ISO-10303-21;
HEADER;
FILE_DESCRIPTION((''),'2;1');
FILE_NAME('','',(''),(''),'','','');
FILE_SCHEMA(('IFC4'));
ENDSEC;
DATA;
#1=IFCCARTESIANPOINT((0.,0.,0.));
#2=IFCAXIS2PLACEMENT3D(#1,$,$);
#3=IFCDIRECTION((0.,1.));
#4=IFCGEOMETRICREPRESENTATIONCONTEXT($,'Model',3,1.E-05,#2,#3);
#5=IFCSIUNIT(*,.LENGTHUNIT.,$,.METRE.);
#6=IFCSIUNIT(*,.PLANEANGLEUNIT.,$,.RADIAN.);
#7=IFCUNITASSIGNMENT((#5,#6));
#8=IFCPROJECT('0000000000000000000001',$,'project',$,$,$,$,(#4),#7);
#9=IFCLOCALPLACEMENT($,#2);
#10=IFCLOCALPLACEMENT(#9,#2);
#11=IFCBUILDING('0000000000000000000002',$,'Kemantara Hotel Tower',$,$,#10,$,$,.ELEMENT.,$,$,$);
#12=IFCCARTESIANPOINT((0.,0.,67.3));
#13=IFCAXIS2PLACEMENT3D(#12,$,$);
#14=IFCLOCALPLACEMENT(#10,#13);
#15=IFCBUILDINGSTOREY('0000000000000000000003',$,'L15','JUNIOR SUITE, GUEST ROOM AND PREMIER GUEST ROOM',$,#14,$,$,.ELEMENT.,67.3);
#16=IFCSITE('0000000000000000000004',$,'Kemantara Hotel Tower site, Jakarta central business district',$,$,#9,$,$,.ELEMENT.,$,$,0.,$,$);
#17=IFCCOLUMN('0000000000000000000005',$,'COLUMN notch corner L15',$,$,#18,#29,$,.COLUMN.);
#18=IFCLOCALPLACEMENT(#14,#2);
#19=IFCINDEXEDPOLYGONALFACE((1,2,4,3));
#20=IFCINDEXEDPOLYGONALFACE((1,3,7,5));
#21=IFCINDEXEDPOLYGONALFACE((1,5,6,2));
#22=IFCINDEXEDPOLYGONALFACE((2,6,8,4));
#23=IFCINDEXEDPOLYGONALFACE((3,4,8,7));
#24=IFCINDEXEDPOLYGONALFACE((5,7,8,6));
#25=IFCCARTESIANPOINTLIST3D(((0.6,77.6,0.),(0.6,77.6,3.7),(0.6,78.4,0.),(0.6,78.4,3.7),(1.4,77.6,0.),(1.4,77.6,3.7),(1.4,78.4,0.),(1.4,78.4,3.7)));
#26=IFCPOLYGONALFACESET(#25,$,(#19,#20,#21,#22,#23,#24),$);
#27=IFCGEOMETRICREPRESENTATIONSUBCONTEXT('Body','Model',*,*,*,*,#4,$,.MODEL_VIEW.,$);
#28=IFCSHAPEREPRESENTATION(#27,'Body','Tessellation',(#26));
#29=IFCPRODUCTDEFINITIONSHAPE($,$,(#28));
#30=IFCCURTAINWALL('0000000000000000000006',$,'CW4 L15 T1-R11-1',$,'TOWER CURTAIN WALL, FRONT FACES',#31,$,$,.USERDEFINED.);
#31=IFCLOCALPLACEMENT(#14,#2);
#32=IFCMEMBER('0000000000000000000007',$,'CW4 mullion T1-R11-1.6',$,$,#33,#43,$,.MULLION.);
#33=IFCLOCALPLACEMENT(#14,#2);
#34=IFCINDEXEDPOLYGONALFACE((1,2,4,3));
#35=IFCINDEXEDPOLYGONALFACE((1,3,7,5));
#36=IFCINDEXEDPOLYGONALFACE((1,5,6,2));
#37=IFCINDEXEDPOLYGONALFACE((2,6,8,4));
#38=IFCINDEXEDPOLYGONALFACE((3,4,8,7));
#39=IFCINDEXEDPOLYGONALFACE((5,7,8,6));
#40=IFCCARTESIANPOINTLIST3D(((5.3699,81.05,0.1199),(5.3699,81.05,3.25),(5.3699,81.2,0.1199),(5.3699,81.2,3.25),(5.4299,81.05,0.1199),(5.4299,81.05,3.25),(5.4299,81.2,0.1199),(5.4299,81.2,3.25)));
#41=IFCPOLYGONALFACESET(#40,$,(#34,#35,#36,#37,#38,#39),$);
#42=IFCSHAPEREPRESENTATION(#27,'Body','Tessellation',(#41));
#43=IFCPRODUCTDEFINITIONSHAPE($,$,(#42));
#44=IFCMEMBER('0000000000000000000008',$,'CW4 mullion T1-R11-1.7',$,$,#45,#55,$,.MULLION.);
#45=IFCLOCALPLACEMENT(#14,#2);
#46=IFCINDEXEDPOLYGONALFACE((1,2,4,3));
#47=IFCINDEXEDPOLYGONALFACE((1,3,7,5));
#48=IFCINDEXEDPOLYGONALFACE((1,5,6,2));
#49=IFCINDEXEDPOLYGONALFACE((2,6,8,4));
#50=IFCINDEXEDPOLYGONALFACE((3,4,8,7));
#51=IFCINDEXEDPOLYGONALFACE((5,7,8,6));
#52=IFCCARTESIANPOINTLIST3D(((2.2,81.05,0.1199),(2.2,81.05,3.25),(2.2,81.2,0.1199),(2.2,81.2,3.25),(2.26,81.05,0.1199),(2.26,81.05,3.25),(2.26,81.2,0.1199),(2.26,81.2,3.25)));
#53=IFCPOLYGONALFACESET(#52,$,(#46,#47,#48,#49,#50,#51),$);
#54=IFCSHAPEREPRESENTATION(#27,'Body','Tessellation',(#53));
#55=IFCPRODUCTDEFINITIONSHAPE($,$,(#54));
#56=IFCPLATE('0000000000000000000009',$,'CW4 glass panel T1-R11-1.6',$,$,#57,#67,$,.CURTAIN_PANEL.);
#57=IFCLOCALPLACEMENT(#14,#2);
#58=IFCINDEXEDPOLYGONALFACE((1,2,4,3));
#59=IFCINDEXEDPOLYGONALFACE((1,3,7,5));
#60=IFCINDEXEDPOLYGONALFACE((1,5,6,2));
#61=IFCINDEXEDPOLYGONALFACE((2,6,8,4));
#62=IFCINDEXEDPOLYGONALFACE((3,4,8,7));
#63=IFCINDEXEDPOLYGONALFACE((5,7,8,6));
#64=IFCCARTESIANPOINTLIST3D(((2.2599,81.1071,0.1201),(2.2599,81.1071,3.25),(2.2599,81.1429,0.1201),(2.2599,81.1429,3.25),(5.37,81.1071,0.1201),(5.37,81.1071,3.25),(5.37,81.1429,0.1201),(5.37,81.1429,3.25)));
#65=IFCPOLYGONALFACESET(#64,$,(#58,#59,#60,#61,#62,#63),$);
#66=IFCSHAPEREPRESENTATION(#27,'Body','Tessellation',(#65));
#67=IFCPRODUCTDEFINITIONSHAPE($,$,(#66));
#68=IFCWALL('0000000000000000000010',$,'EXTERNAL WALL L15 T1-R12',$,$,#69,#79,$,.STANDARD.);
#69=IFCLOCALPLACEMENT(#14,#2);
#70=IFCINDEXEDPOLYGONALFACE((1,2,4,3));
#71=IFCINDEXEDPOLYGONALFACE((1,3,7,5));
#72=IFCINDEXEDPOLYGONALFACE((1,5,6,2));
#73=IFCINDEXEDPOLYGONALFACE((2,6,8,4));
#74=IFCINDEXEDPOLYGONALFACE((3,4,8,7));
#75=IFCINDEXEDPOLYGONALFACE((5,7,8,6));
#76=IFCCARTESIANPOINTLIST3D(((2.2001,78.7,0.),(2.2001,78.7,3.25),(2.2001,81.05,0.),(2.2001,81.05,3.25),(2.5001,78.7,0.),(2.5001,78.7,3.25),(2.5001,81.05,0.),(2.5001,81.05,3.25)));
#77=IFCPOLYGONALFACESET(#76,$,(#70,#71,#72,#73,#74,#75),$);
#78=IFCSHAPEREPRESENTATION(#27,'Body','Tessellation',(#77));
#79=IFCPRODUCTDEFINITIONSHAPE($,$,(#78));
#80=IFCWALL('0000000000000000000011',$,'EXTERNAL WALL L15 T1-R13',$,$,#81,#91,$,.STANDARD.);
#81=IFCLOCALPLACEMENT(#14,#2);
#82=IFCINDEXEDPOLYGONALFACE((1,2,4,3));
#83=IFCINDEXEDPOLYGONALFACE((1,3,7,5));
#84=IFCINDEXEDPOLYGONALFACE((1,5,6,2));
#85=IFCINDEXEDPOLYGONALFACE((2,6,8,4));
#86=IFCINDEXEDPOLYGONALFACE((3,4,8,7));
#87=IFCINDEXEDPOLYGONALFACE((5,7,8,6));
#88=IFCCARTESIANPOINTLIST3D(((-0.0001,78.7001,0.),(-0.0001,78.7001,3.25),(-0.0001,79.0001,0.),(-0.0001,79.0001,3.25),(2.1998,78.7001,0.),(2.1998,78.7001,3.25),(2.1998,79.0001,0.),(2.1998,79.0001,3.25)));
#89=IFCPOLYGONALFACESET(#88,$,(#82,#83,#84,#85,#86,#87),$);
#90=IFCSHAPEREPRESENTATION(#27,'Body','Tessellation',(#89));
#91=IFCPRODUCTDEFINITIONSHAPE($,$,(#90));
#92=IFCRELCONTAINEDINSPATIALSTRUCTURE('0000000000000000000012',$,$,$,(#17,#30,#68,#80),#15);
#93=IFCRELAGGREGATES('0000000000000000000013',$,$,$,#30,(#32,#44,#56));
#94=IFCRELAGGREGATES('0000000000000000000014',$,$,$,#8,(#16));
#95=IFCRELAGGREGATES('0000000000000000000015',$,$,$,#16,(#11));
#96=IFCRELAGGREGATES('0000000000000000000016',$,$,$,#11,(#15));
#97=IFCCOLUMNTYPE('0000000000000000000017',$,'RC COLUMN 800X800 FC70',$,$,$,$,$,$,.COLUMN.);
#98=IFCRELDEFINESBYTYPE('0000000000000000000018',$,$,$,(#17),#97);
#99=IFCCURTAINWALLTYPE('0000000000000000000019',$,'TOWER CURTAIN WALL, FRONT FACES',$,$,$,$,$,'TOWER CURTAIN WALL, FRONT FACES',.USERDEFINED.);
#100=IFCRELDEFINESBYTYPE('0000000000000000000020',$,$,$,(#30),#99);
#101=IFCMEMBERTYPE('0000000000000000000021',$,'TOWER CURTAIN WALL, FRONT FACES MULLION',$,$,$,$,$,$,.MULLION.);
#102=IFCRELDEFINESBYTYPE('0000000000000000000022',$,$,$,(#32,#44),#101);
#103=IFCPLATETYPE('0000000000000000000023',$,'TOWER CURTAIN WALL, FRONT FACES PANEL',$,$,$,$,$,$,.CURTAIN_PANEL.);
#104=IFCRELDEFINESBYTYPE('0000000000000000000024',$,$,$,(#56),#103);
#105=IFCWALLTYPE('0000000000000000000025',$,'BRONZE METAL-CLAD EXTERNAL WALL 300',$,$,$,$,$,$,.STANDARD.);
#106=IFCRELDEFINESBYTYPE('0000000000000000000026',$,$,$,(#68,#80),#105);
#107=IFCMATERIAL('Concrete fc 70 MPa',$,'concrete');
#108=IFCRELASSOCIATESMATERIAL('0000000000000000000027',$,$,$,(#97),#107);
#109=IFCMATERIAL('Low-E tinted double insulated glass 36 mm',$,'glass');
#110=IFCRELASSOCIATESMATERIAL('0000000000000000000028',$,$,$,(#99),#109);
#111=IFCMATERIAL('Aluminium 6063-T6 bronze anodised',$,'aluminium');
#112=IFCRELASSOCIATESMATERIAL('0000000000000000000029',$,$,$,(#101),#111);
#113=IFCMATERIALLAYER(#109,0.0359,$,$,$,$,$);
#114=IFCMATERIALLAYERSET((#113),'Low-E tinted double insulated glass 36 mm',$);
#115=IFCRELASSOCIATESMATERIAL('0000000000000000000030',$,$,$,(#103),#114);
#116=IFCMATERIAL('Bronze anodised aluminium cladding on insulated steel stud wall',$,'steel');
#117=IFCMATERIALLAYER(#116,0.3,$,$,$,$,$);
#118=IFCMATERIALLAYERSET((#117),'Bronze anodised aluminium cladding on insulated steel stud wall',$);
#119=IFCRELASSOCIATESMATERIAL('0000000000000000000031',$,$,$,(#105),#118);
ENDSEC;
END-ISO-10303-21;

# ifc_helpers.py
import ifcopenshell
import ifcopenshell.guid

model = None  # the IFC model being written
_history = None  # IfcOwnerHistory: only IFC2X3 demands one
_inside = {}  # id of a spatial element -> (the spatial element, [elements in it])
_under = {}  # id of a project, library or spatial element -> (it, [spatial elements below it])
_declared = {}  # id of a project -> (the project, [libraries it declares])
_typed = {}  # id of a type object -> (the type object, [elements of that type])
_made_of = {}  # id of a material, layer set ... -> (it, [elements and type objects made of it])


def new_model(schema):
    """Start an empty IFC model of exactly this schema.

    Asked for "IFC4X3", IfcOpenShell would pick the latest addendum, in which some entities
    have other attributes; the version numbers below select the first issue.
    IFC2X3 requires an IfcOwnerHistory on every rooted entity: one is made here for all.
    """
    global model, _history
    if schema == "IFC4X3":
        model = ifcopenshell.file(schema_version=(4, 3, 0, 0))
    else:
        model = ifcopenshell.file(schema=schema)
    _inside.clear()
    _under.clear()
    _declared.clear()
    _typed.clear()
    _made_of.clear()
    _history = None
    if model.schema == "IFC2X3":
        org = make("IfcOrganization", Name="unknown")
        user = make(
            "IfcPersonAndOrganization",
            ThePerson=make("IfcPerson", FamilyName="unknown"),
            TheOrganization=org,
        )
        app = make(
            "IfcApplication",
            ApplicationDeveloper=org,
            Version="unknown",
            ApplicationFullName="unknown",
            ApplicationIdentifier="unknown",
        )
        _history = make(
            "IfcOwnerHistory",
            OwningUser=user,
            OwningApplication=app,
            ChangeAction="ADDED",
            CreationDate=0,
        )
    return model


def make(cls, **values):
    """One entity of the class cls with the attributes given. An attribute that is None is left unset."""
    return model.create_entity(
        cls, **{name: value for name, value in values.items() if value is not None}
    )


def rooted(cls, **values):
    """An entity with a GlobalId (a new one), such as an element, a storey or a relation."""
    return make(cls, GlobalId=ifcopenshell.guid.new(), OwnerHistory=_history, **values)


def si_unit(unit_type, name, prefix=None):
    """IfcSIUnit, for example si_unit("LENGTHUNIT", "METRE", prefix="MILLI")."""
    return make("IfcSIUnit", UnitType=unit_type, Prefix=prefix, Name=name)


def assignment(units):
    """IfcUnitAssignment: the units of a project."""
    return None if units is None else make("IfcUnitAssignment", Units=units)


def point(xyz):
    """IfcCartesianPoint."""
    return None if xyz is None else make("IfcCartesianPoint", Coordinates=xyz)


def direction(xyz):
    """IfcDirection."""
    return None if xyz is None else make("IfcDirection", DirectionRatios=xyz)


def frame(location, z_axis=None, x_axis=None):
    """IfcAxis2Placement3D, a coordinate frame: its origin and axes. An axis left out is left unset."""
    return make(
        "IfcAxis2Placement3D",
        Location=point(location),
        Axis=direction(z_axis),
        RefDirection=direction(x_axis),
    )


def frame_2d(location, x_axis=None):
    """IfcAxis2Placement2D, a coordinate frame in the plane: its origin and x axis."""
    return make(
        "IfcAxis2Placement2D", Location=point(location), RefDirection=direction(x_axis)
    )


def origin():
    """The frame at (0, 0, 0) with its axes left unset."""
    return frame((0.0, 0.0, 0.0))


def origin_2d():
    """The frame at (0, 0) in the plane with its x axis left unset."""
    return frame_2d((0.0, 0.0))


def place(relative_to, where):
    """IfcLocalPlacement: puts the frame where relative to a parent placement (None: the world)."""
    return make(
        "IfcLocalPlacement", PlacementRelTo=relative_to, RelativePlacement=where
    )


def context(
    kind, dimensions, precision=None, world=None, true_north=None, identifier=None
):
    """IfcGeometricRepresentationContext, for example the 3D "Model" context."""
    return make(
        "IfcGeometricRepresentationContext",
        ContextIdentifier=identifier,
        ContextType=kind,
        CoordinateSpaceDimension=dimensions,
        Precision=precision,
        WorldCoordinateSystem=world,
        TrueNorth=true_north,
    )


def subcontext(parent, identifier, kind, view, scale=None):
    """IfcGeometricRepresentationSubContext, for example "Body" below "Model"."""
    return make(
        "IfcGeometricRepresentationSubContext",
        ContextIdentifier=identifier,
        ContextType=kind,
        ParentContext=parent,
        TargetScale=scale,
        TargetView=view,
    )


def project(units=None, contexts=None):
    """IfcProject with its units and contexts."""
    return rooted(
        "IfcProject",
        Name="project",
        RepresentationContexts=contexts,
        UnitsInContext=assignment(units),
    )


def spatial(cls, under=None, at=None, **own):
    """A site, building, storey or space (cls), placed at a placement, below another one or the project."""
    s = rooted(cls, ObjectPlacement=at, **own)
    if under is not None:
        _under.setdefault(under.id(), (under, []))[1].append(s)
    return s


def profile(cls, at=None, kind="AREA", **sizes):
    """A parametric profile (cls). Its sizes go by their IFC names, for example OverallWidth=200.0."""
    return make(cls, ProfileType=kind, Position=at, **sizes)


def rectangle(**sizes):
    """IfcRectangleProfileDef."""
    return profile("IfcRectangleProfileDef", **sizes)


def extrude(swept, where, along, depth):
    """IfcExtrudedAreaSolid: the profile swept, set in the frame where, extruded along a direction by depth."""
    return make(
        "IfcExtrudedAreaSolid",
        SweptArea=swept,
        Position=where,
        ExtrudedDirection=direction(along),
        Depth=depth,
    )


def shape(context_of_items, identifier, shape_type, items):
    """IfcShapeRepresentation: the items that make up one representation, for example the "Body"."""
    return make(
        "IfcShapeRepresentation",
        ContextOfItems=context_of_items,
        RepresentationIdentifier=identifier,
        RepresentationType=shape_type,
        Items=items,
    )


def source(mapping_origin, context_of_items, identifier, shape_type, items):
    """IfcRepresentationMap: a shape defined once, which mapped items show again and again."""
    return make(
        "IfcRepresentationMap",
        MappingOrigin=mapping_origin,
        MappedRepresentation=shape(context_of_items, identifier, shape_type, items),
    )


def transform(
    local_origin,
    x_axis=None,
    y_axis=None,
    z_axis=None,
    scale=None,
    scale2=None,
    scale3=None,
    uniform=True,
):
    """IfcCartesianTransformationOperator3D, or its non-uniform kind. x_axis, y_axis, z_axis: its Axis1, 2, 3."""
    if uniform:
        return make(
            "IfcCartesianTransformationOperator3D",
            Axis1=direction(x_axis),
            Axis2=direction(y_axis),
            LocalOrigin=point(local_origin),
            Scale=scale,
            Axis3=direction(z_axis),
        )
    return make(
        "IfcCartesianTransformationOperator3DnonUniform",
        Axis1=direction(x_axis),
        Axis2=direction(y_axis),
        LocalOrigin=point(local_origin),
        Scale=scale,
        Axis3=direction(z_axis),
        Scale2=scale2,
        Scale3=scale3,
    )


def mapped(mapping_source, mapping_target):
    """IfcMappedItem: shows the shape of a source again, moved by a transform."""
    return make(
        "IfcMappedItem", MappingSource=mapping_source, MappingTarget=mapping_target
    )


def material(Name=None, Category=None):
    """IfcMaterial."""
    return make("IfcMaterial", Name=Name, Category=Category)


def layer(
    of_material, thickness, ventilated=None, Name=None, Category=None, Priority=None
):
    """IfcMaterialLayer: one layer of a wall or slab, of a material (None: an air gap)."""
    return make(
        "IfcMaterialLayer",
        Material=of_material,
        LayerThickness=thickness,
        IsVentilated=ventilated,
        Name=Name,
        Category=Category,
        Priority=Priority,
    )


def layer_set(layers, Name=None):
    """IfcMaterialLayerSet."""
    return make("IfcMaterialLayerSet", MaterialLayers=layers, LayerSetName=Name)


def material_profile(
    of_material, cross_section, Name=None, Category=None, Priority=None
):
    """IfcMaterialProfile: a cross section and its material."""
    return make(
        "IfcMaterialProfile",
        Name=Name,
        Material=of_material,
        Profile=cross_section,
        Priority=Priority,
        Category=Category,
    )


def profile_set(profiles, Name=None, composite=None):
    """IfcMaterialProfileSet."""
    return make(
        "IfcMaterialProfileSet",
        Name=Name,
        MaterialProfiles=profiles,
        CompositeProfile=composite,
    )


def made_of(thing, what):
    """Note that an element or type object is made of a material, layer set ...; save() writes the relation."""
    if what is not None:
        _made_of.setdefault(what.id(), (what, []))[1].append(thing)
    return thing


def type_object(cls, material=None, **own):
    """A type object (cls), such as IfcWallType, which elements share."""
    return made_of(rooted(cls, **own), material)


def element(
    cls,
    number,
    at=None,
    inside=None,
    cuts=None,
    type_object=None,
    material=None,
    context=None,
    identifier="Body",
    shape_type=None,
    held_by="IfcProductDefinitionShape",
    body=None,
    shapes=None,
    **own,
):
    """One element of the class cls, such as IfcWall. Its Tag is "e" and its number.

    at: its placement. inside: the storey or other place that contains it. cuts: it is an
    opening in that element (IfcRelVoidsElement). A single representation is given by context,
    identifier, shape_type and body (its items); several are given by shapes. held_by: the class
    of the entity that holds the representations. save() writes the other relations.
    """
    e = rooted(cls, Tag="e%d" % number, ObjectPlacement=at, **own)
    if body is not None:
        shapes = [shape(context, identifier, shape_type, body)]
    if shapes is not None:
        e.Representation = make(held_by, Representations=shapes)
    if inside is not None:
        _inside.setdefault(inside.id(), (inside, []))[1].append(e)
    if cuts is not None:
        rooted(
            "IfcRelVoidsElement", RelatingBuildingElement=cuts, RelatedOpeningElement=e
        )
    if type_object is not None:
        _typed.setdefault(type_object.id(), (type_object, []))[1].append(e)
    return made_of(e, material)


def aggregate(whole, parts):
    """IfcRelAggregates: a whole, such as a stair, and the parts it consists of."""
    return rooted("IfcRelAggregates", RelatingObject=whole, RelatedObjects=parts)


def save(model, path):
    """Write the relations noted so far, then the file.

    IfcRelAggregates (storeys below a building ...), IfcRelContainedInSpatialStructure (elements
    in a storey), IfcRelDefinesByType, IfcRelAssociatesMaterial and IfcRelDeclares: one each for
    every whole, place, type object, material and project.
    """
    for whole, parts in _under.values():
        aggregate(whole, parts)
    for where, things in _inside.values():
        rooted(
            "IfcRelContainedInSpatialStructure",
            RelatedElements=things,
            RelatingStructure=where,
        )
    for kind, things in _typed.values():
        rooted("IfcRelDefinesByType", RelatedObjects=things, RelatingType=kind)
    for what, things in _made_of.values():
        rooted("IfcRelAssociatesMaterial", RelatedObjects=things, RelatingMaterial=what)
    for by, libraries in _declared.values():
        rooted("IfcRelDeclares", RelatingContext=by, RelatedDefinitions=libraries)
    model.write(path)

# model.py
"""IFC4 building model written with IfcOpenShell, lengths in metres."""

from ifc_helpers import new_model, si_unit, direction, frame, frame_2d, origin, origin_2d, place, context, subcontext, project, spatial, rectangle, extrude, source, transform, mapped, material, layer, layer_set, material_profile, profile_set, type_object, element, aggregate, save


model = new_model("IFC4")

# Units and contexts
model_context = context("Model", 3, precision=1e-05, world=origin(), true_north=direction((0.0, 1.0)))
body_context = subcontext(model_context, "Body", "Model", "MODEL_VIEW")
ifc_project = project(units=[si_unit("LENGTHUNIT", "METRE"), si_unit("PLANEANGLEUNIT", "RADIAN")], contexts=[model_context])

# Site, building, storey
site_placement = place(None, origin())
site = spatial("IfcSite", under=ifc_project, at=site_placement, Name="Kemantara Hotel Tower site, Jakarta central business district", CompositionType="ELEMENT", RefElevation=0.0)
building_placement = place(site_placement, origin())
building = spatial("IfcBuilding", under=site, at=building_placement, Name="Kemantara Hotel Tower", CompositionType="ELEMENT")
storey_placement = place(building_placement, frame((0.0, 0.0, 67.3)))
storey = spatial("IfcBuildingStorey", under=building, at=storey_placement, Name="L15", Description="JUNIOR SUITE, GUEST ROOM AND PREMIER GUEST ROOM", CompositionType="ELEMENT", Elevation=67.3)

# Column
ifc_material_1 = material(Name="Concrete fc 70 MPa", Category="concrete")
ifc_material_profile_1 = material_profile(ifc_material_1, rectangle(XDim=0.8, YDim=0.8, at=origin_2d()), Name="RC 800X800")
ifc_profile_set_1 = profile_set([ifc_material_profile_1], Name="Concrete fc 70 MPa")
column_type = type_object("IfcColumnType", Name="RC COLUMN 800X800 FC70", PredefinedType="COLUMN", material=ifc_profile_set_1)
column_placement = place(storey_placement, frame((1.0, 78.0, 0.0), z_axis=(0.0, 0.0, 1.0), x_axis=(1.0, 0.0, 0.0)))
element("IfcColumn", 1, at=column_placement, inside=storey, type_object=column_type, Name="COLUMN notch corner L15", PredefinedType="COLUMN", context=body_context, shape_type="SweptSolid", body=[
    extrude(rectangle(XDim=0.8, YDim=0.8, at=origin_2d()), origin(), (0.0, 0.0, 1.0), 3.7),
])

# Curtain wall, members, plate
ifc_material_2 = material(Name="Low-E tinted double insulated glass 36 mm", Category="glass")
curtain_wall_type = type_object("IfcCurtainWallType", Name="TOWER CURTAIN WALL, FRONT FACES", ElementType="TOWER CURTAIN WALL, FRONT FACES", PredefinedType="USERDEFINED", material=ifc_material_2)
curtain_wall_placement = place(storey_placement, origin())
curtain_wall = element("IfcCurtainWall", 2, at=curtain_wall_placement, inside=storey, type_object=curtain_wall_type, Name="CW4 L15 T1-R11-1", ObjectType="TOWER CURTAIN WALL, FRONT FACES", PredefinedType="USERDEFINED")
ifc_material_3 = material(Name="Aluminium 6063-T6 bronze anodised", Category="aluminium")
ifc_material_profile_2 = material_profile(ifc_material_3, rectangle(XDim=0.1499, YDim=0.0601, at=origin_2d()), Name="TOWER CURTAIN WALL, FRONT FACES MULLION")
ifc_profile_set_2 = profile_set([ifc_material_profile_2], Name="Aluminium 6063-T6 bronze anodised")
member_type = type_object("IfcMemberType", Name="TOWER CURTAIN WALL, FRONT FACES MULLION", PredefinedType="MULLION", material=ifc_profile_set_2)
shared_shape_1 = source(origin(), body_context, "Body", "SweptSolid", [
    extrude(rectangle(XDim=0.1499, YDim=0.0601, at=origin_2d()), origin(), (0.0, 0.0, 1.0), 3.1301),
])
member_1_placement = place(storey_placement, frame((5.3999, 81.125, 0.1199), z_axis=(0.0, 0.0, 1.0), x_axis=(0.0, -1.0, 0.0)))
member_1 = element("IfcMember", 3, at=member_1_placement, type_object=member_type, Name="CW4 mullion T1-R11-1.6", PredefinedType="MULLION", context=body_context, shape_type="MappedRepresentation", body=[
    mapped(shared_shape_1, transform((0.0, 0.0, 0.0))),
])
member_2_placement = place(storey_placement, frame((2.23, 81.125, 0.1199), z_axis=(0.0, 0.0, 1.0), x_axis=(0.0, -1.0, 0.0)))
member_2 = element("IfcMember", 4, at=member_2_placement, type_object=member_type, Name="CW4 mullion T1-R11-1.7", PredefinedType="MULLION", context=body_context, shape_type="MappedRepresentation", body=[
    mapped(shared_shape_1, transform((0.0, 0.0, 0.0))),
])
ifc_layer_1 = layer(ifc_material_2, 0.0359)
ifc_layer_set_1 = layer_set([ifc_layer_1], Name="Low-E tinted double insulated glass 36 mm")
plate_type = type_object("IfcPlateType", Name="TOWER CURTAIN WALL, FRONT FACES PANEL", PredefinedType="CURTAIN_PANEL", material=ifc_layer_set_1)
shared_shape_2 = source(origin(), body_context, "Body", "SweptSolid", [
    extrude(rectangle(XDim=3.1101, YDim=0.0359, at=origin_2d()), origin(), (0.0, 0.0, 1.0), 3.1299),
])
plate_placement = place(storey_placement, frame((3.8149, 81.125, 0.1201), z_axis=(0.0, 0.0, 1.0), x_axis=(-1.0, 0.0, 0.0)))
plate = element("IfcPlate", 5, at=plate_placement, type_object=plate_type, Name="CW4 glass panel T1-R11-1.6", PredefinedType="CURTAIN_PANEL", context=body_context, shape_type="MappedRepresentation", body=[
    mapped(shared_shape_2, transform((0.0, 0.0, 0.0))),
])
aggregate(curtain_wall, [member_1, member_2, plate])

# Walls
ifc_material_4 = material(Name="Bronze anodised aluminium cladding on insulated steel stud wall", Category="steel")
ifc_layer_2 = layer(ifc_material_4, 0.3)
ifc_layer_set_2 = layer_set([ifc_layer_2], Name="Bronze anodised aluminium cladding on insulated steel stud wall")
wall_type = type_object("IfcWallType", Name="BRONZE METAL-CLAD EXTERNAL WALL 300", PredefinedType="STANDARD", material=ifc_layer_set_2)
wall_1_placement = place(storey_placement, frame((2.3501, 81.05, 0.0), z_axis=(0.0, 0.0, 1.0), x_axis=(0.0, -1.0, 0.0)))
element("IfcWall", 6, at=wall_1_placement, inside=storey, type_object=wall_type, Name="EXTERNAL WALL L15 T1-R12", PredefinedType="STANDARD", context=body_context, shape_type="SweptSolid", body=[
    extrude(rectangle(XDim=2.3501, YDim=0.3, at=frame_2d((1.175, 0.0))), origin(), (0.0, 0.0, 1.0), 3.25),
])
wall_2_placement = place(storey_placement, frame((2.2, 78.8501, 0.0), z_axis=(0.0, 0.0, 1.0), x_axis=(-1.0, 0.0, 0.0)))
element("IfcWall", 7, at=wall_2_placement, inside=storey, type_object=wall_type, Name="EXTERNAL WALL L15 T1-R13", PredefinedType="STANDARD", context=body_context, shape_type="SweptSolid", body=[
    extrude(rectangle(XDim=2.2, YDim=0.3, at=frame_2d((1.1001, 0.0))), origin(), (0.0, 0.0, 1.0), 3.25),
])

save(model, "model.ifc")
